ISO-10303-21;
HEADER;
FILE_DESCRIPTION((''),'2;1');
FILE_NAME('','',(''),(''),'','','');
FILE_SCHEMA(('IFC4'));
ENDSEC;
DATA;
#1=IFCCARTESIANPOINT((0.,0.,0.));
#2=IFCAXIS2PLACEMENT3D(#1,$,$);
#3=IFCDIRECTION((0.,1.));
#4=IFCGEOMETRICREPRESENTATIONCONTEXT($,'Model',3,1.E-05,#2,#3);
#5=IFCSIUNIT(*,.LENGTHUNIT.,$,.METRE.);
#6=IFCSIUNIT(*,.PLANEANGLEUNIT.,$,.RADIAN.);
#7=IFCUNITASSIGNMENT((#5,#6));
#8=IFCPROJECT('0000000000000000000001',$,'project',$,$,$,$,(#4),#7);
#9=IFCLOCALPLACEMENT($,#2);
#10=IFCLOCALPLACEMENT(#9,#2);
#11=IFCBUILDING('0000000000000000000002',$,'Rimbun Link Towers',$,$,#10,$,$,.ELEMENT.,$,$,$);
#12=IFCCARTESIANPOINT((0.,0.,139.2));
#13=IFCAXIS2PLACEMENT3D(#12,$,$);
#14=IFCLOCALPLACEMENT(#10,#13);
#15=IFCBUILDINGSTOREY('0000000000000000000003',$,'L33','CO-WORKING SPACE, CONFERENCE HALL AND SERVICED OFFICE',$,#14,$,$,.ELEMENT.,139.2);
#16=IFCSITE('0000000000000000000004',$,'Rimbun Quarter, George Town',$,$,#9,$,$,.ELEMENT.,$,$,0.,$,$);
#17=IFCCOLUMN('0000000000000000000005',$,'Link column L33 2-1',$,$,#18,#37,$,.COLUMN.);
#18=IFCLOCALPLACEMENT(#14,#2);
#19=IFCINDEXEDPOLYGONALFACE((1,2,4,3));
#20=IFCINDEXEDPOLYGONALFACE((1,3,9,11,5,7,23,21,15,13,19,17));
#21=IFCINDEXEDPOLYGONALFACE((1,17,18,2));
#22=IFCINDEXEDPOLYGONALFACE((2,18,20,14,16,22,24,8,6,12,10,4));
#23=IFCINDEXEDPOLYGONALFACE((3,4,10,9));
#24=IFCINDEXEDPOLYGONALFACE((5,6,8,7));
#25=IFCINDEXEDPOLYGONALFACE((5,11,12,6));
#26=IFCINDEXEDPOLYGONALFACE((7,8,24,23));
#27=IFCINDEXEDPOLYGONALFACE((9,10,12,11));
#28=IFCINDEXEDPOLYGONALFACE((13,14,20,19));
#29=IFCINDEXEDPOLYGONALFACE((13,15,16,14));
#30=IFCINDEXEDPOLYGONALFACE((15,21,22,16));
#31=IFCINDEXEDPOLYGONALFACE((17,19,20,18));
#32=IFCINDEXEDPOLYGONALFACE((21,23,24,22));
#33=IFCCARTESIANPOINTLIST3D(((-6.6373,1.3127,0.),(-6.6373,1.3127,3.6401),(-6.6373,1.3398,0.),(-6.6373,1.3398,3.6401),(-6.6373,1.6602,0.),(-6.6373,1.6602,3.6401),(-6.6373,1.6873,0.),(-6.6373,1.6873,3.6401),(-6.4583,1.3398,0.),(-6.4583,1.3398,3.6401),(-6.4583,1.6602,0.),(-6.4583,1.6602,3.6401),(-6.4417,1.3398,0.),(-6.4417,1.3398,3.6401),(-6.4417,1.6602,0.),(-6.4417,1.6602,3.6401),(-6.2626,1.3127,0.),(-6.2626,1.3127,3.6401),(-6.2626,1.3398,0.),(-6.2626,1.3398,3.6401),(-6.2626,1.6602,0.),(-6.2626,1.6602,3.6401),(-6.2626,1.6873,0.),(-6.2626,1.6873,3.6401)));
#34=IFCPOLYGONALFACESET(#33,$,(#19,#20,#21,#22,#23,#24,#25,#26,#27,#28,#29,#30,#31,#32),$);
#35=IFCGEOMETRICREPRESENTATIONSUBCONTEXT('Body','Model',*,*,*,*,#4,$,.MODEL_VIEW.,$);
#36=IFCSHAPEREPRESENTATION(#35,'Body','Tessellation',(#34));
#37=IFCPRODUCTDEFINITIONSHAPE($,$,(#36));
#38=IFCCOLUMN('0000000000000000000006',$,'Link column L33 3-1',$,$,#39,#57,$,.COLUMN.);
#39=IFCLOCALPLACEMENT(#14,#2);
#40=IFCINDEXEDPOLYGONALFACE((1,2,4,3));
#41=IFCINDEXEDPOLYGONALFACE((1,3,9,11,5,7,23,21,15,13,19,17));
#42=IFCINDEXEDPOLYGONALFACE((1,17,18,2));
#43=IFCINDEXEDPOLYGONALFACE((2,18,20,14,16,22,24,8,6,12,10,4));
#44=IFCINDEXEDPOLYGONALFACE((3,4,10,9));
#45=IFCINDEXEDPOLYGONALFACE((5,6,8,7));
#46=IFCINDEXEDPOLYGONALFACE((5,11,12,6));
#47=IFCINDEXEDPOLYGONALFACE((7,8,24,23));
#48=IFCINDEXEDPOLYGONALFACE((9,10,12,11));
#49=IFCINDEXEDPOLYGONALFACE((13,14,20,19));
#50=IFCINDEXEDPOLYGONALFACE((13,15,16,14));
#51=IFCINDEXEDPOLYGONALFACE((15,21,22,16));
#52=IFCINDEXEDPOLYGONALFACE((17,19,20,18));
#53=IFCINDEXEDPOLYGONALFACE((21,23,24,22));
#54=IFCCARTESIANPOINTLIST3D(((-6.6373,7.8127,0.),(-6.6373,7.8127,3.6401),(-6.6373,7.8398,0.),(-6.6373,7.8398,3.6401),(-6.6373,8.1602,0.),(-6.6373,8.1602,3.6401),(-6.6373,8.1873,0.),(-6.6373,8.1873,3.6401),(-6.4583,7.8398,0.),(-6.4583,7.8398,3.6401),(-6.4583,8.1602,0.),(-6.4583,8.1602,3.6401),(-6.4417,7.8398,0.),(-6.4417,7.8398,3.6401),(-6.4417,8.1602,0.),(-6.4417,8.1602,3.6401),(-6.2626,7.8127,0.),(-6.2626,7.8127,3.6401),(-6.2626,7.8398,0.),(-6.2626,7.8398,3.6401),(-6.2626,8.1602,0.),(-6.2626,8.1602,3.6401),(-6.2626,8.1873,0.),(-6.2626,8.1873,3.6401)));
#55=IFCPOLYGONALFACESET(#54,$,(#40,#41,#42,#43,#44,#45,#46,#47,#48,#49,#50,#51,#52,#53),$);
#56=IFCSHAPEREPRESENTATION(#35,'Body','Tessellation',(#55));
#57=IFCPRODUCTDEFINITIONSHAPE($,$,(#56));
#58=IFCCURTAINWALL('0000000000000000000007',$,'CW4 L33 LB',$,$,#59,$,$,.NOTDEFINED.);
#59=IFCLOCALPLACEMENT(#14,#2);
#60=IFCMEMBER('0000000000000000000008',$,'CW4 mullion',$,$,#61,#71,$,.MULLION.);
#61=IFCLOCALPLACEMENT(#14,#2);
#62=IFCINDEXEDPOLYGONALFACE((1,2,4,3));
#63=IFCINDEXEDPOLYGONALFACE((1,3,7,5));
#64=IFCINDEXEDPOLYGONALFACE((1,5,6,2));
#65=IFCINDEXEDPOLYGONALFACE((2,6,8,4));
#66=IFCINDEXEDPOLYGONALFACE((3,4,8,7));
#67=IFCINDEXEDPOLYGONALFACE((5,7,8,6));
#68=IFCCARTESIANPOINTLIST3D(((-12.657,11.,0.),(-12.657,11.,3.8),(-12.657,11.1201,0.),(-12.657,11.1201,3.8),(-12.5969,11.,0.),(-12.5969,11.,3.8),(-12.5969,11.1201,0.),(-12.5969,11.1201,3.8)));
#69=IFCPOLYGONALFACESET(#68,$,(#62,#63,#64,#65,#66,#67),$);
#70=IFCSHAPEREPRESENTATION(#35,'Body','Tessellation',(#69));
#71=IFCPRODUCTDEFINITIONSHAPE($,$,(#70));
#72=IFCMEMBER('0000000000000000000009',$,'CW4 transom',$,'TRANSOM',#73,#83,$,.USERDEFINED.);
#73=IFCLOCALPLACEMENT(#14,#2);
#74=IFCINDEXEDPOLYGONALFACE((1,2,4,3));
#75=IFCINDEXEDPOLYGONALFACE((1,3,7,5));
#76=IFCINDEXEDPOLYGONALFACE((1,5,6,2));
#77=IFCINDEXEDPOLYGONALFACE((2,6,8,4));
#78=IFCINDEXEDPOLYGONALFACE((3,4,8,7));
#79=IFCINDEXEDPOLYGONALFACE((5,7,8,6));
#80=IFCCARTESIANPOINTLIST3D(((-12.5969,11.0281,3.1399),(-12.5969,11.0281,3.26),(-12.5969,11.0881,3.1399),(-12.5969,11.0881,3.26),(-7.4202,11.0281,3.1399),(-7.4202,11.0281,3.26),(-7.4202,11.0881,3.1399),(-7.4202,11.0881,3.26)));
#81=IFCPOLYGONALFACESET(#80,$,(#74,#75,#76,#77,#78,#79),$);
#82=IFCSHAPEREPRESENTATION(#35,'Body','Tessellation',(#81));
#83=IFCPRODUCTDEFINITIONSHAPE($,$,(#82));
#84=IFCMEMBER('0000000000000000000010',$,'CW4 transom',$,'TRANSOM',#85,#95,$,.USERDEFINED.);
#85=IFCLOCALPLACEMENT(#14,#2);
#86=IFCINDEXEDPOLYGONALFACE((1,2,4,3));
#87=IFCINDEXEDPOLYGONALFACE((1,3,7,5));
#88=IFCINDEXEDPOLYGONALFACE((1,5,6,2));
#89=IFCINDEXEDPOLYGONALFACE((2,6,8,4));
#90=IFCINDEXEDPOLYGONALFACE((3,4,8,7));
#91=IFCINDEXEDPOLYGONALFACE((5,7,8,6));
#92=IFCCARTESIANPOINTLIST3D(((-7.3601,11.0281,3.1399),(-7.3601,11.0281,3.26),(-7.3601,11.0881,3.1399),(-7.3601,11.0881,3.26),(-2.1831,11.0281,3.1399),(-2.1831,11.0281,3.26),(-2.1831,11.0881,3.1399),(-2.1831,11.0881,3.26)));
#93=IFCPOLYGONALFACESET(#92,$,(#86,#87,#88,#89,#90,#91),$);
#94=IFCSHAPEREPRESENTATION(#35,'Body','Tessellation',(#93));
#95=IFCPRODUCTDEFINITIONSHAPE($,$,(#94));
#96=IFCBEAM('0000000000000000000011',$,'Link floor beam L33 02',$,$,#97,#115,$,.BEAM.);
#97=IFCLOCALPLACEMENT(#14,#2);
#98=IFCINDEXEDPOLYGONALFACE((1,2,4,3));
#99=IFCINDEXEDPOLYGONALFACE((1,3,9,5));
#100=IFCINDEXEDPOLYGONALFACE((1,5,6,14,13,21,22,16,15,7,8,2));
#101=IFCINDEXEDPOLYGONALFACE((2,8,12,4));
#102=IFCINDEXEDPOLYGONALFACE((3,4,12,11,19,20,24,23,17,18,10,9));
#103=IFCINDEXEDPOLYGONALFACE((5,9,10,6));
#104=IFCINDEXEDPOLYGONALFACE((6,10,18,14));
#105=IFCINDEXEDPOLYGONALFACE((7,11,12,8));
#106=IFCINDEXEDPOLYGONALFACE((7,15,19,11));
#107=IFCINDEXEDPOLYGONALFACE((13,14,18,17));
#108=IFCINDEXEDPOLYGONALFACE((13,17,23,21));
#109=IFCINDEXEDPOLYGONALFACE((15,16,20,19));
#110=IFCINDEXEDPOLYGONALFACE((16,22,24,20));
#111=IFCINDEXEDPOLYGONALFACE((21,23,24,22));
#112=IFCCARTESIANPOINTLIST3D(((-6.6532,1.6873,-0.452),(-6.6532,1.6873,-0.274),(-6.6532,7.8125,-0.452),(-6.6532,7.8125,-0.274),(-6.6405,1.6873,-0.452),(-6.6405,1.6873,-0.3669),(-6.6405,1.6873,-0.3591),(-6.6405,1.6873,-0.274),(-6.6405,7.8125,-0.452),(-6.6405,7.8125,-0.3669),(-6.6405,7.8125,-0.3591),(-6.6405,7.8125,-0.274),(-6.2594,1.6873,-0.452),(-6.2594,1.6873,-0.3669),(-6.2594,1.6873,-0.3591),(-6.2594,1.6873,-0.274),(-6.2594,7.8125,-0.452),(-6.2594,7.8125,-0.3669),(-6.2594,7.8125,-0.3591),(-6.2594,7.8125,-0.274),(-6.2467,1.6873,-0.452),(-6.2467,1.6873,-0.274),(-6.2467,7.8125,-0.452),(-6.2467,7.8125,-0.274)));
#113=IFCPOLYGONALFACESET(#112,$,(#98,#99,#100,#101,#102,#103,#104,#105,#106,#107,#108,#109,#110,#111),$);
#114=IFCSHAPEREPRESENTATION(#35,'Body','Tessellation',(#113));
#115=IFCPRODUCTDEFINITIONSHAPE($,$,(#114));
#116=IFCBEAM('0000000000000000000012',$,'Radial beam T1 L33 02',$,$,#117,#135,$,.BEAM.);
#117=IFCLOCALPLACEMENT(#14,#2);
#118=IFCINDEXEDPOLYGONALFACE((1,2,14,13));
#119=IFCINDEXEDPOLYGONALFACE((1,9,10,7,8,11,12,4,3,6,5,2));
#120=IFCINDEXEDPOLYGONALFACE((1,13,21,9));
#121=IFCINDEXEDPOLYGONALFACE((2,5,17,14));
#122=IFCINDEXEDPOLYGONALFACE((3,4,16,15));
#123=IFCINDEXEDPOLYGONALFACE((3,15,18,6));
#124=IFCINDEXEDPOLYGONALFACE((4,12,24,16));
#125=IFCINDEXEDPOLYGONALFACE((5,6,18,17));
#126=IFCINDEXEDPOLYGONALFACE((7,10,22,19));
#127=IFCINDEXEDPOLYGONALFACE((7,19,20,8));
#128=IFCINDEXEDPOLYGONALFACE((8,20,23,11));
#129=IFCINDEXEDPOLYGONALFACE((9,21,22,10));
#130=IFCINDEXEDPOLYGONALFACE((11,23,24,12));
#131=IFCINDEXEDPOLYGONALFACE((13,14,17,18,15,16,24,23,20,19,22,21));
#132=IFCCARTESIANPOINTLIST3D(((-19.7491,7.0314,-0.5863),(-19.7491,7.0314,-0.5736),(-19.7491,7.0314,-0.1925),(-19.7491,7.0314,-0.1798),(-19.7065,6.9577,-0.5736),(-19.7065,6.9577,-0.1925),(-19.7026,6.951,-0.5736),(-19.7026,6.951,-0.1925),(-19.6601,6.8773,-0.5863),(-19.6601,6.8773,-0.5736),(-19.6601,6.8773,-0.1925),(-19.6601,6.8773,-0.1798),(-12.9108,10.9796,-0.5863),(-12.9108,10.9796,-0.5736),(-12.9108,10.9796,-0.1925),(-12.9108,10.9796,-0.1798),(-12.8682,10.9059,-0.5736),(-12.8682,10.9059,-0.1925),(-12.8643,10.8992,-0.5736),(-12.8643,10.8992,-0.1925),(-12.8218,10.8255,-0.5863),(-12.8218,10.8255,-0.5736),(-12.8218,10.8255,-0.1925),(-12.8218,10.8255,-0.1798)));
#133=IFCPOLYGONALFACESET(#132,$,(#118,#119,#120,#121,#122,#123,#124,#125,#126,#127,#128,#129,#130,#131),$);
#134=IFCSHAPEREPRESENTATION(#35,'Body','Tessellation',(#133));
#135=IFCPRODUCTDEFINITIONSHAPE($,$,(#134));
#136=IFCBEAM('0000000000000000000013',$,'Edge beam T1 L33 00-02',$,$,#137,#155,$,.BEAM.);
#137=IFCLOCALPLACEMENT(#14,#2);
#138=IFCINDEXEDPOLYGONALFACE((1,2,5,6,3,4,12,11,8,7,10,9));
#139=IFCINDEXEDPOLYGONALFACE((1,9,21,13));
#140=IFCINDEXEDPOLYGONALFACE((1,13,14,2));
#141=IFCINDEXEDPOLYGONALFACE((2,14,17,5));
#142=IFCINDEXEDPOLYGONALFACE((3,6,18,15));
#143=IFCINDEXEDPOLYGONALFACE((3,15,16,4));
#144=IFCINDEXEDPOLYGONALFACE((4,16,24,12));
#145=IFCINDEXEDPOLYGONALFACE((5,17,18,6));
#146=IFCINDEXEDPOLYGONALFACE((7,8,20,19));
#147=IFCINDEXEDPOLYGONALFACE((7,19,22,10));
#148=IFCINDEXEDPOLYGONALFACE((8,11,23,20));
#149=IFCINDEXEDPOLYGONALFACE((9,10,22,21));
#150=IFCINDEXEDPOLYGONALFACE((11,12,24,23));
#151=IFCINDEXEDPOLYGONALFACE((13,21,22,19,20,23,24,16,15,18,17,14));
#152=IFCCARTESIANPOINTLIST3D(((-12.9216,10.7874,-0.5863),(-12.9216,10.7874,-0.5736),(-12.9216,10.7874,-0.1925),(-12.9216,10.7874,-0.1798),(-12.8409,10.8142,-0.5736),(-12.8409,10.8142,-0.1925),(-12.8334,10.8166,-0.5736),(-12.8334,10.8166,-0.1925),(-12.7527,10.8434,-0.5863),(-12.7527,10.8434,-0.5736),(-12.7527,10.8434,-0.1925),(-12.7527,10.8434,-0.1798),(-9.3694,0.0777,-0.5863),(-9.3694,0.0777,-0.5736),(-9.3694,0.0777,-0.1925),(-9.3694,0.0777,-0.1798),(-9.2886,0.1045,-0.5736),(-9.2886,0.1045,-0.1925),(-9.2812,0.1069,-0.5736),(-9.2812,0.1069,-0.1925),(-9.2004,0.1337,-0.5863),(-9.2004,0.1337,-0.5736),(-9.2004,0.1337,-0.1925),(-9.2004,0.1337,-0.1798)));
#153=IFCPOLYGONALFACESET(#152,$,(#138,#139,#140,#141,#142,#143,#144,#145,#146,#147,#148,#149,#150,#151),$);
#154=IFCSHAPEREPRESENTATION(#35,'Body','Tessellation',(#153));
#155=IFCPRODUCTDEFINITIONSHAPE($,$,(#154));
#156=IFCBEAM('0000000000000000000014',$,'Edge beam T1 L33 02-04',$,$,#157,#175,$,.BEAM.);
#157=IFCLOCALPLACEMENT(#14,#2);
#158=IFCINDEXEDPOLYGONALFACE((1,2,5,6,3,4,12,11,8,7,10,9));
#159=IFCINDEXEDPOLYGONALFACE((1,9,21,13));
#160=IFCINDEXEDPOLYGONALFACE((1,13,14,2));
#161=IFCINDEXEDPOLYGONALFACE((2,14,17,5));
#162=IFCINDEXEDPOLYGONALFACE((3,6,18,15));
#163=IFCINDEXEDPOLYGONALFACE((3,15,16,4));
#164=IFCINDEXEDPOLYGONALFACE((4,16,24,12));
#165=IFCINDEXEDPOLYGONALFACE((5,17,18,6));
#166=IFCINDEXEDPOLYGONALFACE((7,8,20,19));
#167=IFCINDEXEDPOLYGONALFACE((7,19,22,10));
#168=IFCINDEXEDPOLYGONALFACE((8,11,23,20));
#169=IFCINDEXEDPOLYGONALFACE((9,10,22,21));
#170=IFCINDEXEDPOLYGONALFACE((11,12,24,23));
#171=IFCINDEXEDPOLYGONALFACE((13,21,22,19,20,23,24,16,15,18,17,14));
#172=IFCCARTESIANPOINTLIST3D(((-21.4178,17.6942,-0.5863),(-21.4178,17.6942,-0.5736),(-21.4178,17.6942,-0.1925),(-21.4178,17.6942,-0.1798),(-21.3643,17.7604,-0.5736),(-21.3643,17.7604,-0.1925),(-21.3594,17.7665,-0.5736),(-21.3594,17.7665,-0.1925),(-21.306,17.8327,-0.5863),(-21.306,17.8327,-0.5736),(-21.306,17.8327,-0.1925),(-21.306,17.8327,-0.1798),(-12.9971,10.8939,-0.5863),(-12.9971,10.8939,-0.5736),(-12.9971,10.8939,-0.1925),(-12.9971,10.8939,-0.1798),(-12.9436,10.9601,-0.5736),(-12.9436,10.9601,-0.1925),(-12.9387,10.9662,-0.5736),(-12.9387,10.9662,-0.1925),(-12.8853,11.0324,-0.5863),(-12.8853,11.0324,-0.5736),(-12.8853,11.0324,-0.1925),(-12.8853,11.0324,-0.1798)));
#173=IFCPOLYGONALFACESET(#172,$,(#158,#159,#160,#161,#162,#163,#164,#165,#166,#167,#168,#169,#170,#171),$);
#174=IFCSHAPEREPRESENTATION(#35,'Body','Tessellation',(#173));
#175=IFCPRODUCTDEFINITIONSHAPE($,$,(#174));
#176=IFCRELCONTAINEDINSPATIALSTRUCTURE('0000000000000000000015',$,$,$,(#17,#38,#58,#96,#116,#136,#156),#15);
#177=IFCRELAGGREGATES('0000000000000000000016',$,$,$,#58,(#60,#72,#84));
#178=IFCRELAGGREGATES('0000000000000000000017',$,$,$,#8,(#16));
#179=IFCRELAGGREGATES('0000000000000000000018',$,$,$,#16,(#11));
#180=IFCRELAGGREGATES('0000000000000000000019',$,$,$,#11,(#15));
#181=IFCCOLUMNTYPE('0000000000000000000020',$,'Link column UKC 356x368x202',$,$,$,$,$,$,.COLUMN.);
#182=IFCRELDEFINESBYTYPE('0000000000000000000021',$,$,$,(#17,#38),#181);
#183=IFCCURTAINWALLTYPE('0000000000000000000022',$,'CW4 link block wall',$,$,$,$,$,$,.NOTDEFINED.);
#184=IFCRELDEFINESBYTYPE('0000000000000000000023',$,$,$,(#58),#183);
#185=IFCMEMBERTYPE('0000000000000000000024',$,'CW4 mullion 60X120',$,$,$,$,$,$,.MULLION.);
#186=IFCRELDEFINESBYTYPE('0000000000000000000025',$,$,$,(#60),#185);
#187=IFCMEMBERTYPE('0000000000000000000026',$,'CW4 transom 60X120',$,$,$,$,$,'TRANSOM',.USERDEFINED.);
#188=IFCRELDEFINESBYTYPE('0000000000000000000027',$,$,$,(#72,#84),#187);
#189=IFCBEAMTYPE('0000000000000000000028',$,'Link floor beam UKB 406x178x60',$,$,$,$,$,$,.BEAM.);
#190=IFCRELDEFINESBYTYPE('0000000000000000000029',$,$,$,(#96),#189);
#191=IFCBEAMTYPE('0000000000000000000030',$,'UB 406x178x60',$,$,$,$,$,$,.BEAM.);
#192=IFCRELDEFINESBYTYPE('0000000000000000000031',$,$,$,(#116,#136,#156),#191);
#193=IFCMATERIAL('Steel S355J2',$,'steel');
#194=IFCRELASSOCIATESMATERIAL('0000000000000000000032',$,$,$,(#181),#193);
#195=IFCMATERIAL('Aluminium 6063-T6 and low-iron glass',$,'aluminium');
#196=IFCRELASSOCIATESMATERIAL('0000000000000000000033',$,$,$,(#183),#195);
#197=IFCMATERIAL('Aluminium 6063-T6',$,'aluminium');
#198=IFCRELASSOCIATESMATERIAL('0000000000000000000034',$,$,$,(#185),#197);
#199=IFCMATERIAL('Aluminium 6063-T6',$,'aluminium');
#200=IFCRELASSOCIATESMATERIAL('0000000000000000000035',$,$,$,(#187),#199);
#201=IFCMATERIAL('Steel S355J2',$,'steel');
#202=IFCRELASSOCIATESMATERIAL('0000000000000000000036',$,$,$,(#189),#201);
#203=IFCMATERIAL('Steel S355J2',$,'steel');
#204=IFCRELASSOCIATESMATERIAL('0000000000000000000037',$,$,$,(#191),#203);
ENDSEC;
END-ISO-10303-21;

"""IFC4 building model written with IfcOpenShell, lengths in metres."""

from ifc_helpers import new_model, si_unit, direction, frame, origin, origin_2d, place, context, subcontext, project, spatial, rectangle, i_section, extrude, material, material_profile, profile_set, type_object, element, aggregate, save


model = new_model("IFC4")

# Units and contexts
model_context = context("Model", 3, precision=1e-05, world=origin(), true_north=direction((0.0, 1.0)))
body_context = subcontext(model_context, "Body", "Model", "MODEL_VIEW")
ifc_project = project(units=[si_unit("LENGTHUNIT", "METRE"), si_unit("PLANEANGLEUNIT", "RADIAN")], contexts=[model_context])

# Site, building, storey
site_placement = place(None, origin())
site = spatial("IfcSite", under=ifc_project, at=site_placement, Name="Rimbun Quarter, George Town", CompositionType="ELEMENT", RefElevation=0.0)
building_placement = place(site_placement, origin())
building = spatial("IfcBuilding", under=site, at=building_placement, Name="Rimbun Link Towers", CompositionType="ELEMENT")
storey_placement = place(building_placement, frame((0.0, 0.0, 139.2)))
storey = spatial("IfcBuildingStorey", under=building, at=storey_placement, Name="L33", Description="CO-WORKING SPACE, CONFERENCE HALL AND SERVICED OFFICE", CompositionType="ELEMENT", Elevation=139.2)

# Columns
ifc_material_1 = material(Name="Steel S355J2", Category="steel")
ifc_material_profile_1 = material_profile(ifc_material_1, i_section(OverallWidth=0.3748, OverallDepth=0.3745, WebThickness=0.0166, FlangeThickness=0.0271, at=origin_2d()), Name="UKC 356x368x202")
ifc_profile_set_1 = profile_set([ifc_material_profile_1], Name="Steel S355J2")
column_type = type_object("IfcColumnType", Name="Link column UKC 356x368x202", PredefinedType="COLUMN", material=ifc_profile_set_1)
for number, where, z_axis, x_axis, name in (
    (1, (-6.45, 1.5, 0.0), (0.0, 0.0, 1.0), (1.0, 0.0, 0.0), "Link column L33 2-1"),
    (2, (-6.45, 8.0, 0.0), (0.0, 0.0, 1.0), (1.0, 0.0, 0.0), "Link column L33 3-1"),
):
    element("IfcColumn", number, at=place(storey_placement, frame(where, z_axis=z_axis, x_axis=x_axis)), inside=storey, type_object=column_type, Name=name, PredefinedType="COLUMN", context=body_context, shape_type="SweptSolid", body=[
        extrude(i_section(OverallWidth=0.3748, OverallDepth=0.3745, WebThickness=0.0166, FlangeThickness=0.0271, at=origin_2d()), origin(), (0.0, 0.0, 1.0), 3.6401),
    ])

# Curtain wall, members
ifc_material_2 = material(Name="Aluminium 6063-T6 and low-iron glass", Category="aluminium")
curtain_wall_type = type_object("IfcCurtainWallType", Name="CW4 link block wall", PredefinedType="NOTDEFINED", material=ifc_material_2)
curtain_wall_placement = place(storey_placement, origin())
curtain_wall = element("IfcCurtainWall", 3, at=curtain_wall_placement, inside=storey, type_object=curtain_wall_type, Name="CW4 L33 LB", PredefinedType="NOTDEFINED")
ifc_material_3 = material(Name="Aluminium 6063-T6", Category="aluminium")
ifc_material_profile_2 = material_profile(ifc_material_3, rectangle(XDim=0.1201, YDim=0.0601, at=origin_2d()), Name="MULLION 60X120")
ifc_profile_set_2 = profile_set([ifc_material_profile_2], Name="Aluminium 6063-T6")
member_type_1 = type_object("IfcMemberType", Name="CW4 mullion 60X120", PredefinedType="MULLION", material=ifc_profile_set_2)
member_1_placement = place(storey_placement, frame((-12.627, 11.0601, 0.0), z_axis=(0.0, 0.0, 1.0), x_axis=(0.0, 1.0, 0.0)))
member_1 = element("IfcMember", 4, at=member_1_placement, type_object=member_type_1, Name="CW4 mullion", PredefinedType="MULLION", context=body_context, shape_type="SweptSolid", body=[
    extrude(rectangle(XDim=0.1201, YDim=0.0601, at=origin_2d()), origin(), (0.0, 0.0, 1.0), 3.8),
])
ifc_material_4 = material(Name="Aluminium 6063-T6", Category="aluminium")
ifc_material_profile_3 = material_profile(ifc_material_4, rectangle(XDim=0.0601, YDim=0.1201, at=origin_2d()), Name="TRANSOM 60X120")
ifc_profile_set_3 = profile_set([ifc_material_profile_3], Name="Aluminium 6063-T6")
member_type_2 = type_object("IfcMemberType", Name="CW4 transom 60X120", ElementType="TRANSOM", PredefinedType="USERDEFINED", material=ifc_profile_set_3)
member_2_placement = place(storey_placement, frame((-12.5969, 11.0581, 3.2), z_axis=(1.0, 0.0, 0.0), x_axis=(0.0, 1.0, 0.0)))
member_2 = element("IfcMember", 5, at=member_2_placement, type_object=member_type_2, Name="CW4 transom", ObjectType="TRANSOM", PredefinedType="USERDEFINED", context=body_context, shape_type="SweptSolid", body=[
    extrude(rectangle(XDim=0.0601, YDim=0.1201, at=origin_2d()), origin(), (0.0, 0.0, 1.0), 5.1768),
])
member_3_placement = place(storey_placement, frame((-7.3601, 11.0581, 3.2), z_axis=(1.0, 0.0, 0.0), x_axis=(0.0, 1.0, 0.0)))
member_3 = element("IfcMember", 6, at=member_3_placement, type_object=member_type_2, Name="CW4 transom", ObjectType="TRANSOM", PredefinedType="USERDEFINED", context=body_context, shape_type="SweptSolid", body=[
    extrude(rectangle(XDim=0.0601, YDim=0.1201, at=origin_2d()), origin(), (0.0, 0.0, 1.0), 5.177),
])

# Beams
ifc_material_5 = material(Name="Steel S355J2", Category="steel")
ifc_material_profile_4 = material_profile(ifc_material_5, i_section(OverallWidth=0.178, OverallDepth=0.4065, WebThickness=0.0078, FlangeThickness=0.0127, at=origin_2d()), Name="UKB 406x178x60")
ifc_profile_set_4 = profile_set([ifc_material_profile_4], Name="Steel S355J2")
beam_type_1 = type_object("IfcBeamType", Name="Link floor beam UKB 406x178x60", PredefinedType="BEAM", material=ifc_profile_set_4)
beam_1_placement = place(storey_placement, frame((-6.45, 1.6873, -0.363), z_axis=(0.0, 1.0, 0.0), x_axis=(0.0, 0.0, 1.0)))
element("IfcBeam", 7, at=beam_1_placement, inside=storey, type_object=beam_type_1, Name="Link floor beam L33 02", PredefinedType="BEAM", context=body_context, shape_type="SweptSolid", body=[
    extrude(i_section(OverallWidth=0.178, OverallDepth=0.4065, WebThickness=0.0078, FlangeThickness=0.0127, at=origin_2d()), origin(), (0.0, 0.0, 1.0), 6.1252),
])
ifc_material_6 = material(Name="Steel S355J2", Category="steel")
ifc_material_profile_5 = material_profile(ifc_material_6, i_section(OverallWidth=0.178, OverallDepth=0.4065, WebThickness=0.0078, FlangeThickness=0.0127, at=origin_2d()), Name="UB 406x178x60")
ifc_profile_set_5 = profile_set([ifc_material_profile_5], Name="Steel S355J2")
beam_type_2 = type_object("IfcBeamType", Name="UB 406x178x60", PredefinedType="BEAM", material=ifc_profile_set_5)
beam_2_placement = place(storey_placement, frame((-19.7046, 6.9543, -0.3831), z_axis=(0.86602, 0.50001, 0.0), x_axis=(-0.50001, 0.86602, 0.0)))
element("IfcBeam", 8, at=beam_2_placement, inside=storey, type_object=beam_type_2, Name="Radial beam T1 L33 02", PredefinedType="BEAM", context=body_context, shape_type="SweptSolid", body=[
    extrude(i_section(OverallWidth=0.178, OverallDepth=0.4065, WebThickness=0.0078, FlangeThickness=0.0127, at=origin_2d()), origin(), (0.0, 0.0, 1.0), 7.8962),
])
beam_3_placement = place(storey_placement, frame((-9.2849, 0.1057, -0.3831), z_axis=(-0.314819, 0.949152, 0.0), x_axis=(-0.949152, -0.314819, 0.0)))
element("IfcBeam", 9, at=beam_3_placement, inside=storey, type_object=beam_type_2, Name="Edge beam T1 L33 00-02", PredefinedType="BEAM", context=body_context, shape_type="SweptSolid", body=[
    extrude(i_section(OverallWidth=0.178, OverallDepth=0.4065, WebThickness=0.0078, FlangeThickness=0.0127, at=origin_2d()), origin(), (0.0, 0.0, 1.0), 11.2834),
])
beam_4_placement = place(storey_placement, frame((-12.9412, 10.9631, -0.3831), z_axis=(-0.777987, 0.628281, 0.0), x_axis=(-0.628281, -0.777987, 0.0)))
element("IfcBeam", 10, at=beam_4_placement, inside=storey, type_object=beam_type_2, Name="Edge beam T1 L33 02-04", PredefinedType="BEAM", context=body_context, shape_type="SweptSolid", body=[
    extrude(i_section(OverallWidth=0.178, OverallDepth=0.4065, WebThickness=0.0078, FlangeThickness=0.0127, at=origin_2d()), origin(), (0.0, 0.0, 1.0), 10.8237),
])

aggregate(curtain_wall, [member_1, member_2, member_3])

save(model, "model.ifc")
